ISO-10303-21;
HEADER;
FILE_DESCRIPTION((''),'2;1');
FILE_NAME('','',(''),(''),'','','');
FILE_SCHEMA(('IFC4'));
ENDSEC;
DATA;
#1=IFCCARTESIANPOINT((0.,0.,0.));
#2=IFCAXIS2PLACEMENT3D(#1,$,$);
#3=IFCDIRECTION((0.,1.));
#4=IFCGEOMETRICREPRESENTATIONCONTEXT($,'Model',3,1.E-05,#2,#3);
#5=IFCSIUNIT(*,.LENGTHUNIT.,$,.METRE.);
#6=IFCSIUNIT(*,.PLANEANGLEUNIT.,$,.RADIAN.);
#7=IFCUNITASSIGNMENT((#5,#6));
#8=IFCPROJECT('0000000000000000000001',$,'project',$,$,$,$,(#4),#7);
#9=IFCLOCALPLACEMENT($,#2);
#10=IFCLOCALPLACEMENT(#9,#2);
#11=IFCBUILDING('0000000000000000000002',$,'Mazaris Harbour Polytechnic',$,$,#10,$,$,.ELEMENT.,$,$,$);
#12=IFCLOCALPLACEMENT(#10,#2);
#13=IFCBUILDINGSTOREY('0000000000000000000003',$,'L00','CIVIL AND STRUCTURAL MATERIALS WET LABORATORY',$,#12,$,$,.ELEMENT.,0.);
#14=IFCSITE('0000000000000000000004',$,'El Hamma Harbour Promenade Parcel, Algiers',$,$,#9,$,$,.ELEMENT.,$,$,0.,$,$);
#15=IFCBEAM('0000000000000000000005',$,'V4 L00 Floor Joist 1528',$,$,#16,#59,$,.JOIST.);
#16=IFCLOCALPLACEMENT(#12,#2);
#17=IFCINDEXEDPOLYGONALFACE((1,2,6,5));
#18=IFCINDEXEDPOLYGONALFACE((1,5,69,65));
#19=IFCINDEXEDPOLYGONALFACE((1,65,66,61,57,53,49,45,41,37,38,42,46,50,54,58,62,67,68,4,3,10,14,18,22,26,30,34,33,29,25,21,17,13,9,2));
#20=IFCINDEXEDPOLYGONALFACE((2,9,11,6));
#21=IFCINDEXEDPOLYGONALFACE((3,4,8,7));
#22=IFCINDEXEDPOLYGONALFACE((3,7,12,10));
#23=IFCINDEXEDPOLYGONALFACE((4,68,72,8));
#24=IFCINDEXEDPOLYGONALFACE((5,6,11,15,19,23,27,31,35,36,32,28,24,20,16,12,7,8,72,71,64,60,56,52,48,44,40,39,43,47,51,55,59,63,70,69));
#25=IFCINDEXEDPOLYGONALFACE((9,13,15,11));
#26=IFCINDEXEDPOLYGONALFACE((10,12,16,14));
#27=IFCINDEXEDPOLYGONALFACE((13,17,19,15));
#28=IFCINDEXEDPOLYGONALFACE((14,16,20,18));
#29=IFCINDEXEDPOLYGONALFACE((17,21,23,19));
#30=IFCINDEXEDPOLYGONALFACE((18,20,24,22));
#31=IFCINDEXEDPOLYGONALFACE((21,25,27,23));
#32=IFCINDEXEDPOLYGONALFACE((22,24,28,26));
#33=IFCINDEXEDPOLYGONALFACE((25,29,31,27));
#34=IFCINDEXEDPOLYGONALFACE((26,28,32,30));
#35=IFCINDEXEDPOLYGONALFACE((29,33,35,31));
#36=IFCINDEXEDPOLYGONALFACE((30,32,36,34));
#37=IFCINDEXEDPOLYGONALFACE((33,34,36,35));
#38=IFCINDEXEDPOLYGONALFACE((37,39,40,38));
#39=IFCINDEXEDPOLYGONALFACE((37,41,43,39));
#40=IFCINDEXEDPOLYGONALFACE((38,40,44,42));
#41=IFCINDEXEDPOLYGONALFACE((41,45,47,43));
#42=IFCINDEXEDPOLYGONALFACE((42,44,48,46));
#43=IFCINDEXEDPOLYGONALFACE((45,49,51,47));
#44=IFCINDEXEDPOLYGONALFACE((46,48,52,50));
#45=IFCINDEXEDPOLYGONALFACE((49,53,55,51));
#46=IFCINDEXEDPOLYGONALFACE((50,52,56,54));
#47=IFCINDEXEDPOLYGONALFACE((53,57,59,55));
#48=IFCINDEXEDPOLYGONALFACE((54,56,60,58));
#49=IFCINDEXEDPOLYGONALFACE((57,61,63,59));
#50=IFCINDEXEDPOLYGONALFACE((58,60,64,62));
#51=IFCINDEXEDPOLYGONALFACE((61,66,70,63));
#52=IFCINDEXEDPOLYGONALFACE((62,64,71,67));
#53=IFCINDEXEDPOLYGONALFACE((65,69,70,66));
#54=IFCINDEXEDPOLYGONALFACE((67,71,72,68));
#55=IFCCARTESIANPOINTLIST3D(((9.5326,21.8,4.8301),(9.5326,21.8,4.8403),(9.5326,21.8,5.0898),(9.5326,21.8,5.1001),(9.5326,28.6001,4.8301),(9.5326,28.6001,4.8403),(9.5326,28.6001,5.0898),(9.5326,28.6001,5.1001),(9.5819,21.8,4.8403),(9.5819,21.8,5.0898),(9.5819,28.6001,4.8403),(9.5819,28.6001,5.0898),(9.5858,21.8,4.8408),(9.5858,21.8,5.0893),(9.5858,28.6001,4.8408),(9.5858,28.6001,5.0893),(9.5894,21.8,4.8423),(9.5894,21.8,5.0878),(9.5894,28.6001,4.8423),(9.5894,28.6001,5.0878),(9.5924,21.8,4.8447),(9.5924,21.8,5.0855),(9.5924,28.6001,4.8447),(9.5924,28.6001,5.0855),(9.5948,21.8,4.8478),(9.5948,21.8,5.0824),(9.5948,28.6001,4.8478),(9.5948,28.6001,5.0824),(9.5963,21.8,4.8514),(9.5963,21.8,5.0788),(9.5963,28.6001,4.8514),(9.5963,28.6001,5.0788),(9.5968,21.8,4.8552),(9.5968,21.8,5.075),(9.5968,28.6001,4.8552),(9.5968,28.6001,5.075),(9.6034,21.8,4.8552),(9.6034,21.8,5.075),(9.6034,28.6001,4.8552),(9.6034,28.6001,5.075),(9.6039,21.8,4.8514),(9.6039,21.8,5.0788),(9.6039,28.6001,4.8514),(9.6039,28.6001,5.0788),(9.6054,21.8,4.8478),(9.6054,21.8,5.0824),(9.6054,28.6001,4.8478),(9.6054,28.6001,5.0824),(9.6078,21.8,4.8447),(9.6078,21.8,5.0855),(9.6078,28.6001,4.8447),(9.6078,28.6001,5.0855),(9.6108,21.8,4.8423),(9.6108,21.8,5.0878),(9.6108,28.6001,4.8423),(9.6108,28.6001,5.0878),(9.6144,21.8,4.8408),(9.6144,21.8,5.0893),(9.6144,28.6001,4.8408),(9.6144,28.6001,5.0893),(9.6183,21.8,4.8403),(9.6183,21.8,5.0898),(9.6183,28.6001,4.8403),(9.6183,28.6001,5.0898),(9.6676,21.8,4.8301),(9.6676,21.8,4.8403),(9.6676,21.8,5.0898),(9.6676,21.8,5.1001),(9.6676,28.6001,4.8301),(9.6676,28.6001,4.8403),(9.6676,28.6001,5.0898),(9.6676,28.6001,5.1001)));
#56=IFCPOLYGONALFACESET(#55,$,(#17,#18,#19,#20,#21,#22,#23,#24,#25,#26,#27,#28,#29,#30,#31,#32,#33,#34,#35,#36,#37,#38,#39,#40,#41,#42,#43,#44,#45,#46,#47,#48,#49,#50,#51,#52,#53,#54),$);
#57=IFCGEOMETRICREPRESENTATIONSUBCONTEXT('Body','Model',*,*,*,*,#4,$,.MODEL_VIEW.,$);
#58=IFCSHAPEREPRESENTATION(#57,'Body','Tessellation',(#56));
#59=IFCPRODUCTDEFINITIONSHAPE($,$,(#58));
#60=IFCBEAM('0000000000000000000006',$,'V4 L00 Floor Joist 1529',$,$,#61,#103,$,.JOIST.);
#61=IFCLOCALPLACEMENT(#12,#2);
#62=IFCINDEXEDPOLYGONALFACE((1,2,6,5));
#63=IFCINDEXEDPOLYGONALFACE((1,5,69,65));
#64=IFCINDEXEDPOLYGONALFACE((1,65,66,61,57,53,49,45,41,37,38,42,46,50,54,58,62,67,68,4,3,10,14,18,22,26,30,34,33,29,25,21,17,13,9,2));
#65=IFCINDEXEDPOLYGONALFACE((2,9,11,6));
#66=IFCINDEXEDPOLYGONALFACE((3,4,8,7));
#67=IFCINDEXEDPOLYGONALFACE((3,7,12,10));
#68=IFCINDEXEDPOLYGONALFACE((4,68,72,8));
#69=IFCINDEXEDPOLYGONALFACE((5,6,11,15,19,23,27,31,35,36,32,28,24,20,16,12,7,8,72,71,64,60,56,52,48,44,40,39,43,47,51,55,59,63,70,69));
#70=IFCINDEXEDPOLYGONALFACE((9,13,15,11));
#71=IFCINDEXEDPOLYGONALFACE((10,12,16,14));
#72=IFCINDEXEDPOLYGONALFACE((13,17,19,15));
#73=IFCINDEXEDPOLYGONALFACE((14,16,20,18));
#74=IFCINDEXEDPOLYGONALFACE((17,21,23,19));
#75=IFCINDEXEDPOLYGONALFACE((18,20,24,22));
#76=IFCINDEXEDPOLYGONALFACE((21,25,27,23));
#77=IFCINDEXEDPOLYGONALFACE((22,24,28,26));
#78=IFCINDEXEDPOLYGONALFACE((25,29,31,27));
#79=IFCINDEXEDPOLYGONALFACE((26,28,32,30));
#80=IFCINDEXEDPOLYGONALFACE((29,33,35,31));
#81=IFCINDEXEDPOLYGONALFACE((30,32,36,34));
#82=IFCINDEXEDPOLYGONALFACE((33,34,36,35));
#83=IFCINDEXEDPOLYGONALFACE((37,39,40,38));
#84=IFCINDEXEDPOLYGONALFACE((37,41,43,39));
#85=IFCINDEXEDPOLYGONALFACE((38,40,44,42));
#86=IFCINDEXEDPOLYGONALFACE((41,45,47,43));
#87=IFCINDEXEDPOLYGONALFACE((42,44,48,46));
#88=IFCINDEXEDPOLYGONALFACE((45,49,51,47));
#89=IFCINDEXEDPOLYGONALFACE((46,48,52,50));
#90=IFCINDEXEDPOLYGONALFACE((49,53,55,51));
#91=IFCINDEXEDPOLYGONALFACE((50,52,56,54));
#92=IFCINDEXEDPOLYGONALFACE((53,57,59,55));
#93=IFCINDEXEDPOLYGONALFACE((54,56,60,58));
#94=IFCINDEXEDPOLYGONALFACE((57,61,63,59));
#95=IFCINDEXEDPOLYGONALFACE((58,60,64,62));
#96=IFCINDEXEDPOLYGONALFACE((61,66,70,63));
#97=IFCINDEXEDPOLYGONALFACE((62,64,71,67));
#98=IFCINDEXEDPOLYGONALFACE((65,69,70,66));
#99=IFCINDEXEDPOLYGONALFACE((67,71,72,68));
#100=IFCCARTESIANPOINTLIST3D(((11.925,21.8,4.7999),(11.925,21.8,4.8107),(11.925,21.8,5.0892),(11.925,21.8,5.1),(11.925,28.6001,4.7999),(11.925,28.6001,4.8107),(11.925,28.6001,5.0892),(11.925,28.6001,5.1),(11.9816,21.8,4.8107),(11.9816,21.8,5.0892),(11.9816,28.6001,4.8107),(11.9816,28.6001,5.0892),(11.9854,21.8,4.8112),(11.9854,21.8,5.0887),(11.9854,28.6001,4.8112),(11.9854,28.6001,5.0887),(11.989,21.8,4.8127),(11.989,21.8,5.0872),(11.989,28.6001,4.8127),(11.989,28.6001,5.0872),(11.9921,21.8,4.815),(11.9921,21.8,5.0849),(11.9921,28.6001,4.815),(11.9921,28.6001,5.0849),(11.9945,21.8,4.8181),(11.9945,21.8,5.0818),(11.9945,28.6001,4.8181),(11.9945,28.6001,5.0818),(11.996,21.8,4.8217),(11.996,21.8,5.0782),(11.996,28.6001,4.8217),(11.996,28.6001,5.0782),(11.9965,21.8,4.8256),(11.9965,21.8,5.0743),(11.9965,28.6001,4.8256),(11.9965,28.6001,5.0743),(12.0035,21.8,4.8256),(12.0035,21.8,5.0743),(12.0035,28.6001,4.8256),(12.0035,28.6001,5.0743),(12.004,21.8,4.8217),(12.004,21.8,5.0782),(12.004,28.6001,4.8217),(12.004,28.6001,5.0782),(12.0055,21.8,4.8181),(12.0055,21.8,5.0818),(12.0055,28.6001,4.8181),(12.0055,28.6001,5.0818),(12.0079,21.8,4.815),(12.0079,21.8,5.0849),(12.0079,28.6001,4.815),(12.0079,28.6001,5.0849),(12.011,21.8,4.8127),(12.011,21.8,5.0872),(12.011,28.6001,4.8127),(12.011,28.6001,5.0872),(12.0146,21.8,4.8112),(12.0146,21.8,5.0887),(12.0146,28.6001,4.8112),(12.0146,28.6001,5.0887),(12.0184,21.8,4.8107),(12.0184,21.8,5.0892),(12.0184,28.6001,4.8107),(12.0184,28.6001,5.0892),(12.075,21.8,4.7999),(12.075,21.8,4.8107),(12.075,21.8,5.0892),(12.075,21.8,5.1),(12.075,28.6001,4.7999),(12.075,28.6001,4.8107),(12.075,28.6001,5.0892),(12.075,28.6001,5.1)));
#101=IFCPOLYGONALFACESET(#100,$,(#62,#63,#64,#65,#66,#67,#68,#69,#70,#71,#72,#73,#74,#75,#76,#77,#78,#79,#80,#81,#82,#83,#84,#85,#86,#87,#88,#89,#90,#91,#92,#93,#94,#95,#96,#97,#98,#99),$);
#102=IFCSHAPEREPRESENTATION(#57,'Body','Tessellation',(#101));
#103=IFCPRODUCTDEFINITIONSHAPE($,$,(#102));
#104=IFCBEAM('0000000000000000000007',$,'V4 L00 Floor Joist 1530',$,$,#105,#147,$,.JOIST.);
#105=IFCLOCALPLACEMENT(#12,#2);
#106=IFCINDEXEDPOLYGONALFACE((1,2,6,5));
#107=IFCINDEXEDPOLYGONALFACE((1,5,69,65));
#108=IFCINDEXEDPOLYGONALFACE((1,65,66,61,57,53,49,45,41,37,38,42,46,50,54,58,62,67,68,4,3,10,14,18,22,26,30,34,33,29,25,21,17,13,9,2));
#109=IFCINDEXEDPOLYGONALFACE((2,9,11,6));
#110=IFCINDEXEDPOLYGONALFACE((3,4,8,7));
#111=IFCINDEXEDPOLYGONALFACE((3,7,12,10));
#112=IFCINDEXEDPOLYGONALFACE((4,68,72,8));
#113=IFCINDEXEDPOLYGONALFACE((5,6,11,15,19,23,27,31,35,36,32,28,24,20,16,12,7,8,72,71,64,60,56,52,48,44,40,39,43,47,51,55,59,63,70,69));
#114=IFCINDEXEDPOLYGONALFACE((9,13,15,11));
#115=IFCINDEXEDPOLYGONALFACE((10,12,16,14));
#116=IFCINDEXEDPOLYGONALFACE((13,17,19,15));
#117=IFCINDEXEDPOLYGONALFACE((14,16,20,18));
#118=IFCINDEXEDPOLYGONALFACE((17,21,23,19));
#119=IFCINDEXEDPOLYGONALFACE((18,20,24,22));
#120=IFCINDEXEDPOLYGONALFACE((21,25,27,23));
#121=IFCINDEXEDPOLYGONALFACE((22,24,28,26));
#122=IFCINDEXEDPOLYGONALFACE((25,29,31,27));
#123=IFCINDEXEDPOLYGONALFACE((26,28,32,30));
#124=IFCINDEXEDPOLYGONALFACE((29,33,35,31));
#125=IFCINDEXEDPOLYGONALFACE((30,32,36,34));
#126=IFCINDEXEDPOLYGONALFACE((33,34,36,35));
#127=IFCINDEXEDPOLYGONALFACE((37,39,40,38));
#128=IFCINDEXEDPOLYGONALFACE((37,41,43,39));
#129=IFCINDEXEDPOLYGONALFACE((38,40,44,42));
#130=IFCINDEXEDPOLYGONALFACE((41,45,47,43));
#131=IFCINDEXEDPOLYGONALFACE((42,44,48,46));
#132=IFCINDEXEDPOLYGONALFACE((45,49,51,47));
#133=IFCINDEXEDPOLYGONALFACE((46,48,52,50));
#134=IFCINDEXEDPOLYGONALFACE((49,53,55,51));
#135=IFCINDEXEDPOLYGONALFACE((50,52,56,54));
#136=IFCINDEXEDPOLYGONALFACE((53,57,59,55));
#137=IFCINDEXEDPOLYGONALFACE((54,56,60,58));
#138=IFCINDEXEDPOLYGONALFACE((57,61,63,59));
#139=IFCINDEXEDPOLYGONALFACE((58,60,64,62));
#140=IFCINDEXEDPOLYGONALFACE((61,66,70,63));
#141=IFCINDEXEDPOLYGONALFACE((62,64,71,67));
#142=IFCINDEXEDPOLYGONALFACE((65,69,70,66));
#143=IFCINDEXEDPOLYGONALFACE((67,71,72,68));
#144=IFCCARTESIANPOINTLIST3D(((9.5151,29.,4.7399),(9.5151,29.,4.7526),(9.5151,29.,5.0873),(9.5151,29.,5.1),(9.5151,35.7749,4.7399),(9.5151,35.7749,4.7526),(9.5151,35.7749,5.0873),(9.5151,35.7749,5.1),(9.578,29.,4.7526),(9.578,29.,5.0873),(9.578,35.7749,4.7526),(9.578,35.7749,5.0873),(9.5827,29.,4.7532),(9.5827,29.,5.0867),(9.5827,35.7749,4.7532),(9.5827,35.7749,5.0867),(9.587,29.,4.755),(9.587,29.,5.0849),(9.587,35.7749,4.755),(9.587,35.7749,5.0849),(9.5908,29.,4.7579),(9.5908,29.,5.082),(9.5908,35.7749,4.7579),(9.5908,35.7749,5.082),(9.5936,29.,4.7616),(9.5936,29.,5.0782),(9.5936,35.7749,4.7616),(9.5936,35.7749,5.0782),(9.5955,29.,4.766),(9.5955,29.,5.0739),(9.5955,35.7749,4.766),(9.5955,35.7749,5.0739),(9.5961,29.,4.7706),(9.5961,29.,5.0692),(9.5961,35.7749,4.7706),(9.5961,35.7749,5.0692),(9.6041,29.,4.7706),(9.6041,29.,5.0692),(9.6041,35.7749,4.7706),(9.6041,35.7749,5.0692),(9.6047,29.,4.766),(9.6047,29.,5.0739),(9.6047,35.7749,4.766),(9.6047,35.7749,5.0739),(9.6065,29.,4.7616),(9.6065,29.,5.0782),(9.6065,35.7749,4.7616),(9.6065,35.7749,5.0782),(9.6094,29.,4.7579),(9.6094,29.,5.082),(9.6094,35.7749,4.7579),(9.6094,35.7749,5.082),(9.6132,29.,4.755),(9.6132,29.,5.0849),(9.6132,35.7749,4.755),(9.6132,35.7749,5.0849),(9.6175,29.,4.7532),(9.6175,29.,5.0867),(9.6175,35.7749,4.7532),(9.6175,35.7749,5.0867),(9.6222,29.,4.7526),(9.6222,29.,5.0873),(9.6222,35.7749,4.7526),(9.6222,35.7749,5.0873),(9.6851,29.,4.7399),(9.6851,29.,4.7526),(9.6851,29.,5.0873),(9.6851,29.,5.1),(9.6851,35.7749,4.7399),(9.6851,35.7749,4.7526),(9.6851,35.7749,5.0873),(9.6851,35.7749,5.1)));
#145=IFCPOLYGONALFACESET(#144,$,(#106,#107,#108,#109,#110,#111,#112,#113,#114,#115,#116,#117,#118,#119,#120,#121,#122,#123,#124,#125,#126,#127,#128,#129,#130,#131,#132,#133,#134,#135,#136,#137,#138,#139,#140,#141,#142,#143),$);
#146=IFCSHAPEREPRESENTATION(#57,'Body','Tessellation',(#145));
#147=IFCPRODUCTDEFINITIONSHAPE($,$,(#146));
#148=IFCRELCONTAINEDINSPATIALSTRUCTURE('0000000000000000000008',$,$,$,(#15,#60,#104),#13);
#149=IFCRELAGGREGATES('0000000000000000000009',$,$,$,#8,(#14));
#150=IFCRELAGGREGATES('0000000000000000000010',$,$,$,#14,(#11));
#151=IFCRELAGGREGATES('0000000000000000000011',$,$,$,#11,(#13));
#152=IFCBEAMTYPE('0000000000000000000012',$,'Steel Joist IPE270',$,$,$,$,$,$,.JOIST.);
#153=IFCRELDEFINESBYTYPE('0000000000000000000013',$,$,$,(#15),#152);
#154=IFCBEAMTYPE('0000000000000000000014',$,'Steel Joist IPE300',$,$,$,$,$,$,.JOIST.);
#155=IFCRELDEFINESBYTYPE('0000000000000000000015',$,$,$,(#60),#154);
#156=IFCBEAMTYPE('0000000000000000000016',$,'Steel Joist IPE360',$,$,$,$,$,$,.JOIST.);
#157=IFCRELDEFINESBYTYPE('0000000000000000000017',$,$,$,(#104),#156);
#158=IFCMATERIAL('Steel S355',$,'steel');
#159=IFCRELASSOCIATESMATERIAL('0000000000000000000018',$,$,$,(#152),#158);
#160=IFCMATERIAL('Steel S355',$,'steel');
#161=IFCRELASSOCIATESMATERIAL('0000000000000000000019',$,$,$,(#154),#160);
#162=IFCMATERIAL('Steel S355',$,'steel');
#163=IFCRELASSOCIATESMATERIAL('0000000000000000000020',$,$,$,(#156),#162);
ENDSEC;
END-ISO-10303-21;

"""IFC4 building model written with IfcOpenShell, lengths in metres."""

from ifc_helpers import new_model, si_unit, direction, frame, origin, origin_2d, place, context, subcontext, project, spatial, i_section, extrude, material, material_profile, profile_set, type_object, element, save


model = new_model("IFC4")

# Units and contexts
model_context = context("Model", 3, precision=1e-05, world=origin(), true_north=direction((0.0, 1.0)))
body_context = subcontext(model_context, "Body", "Model", "MODEL_VIEW")
ifc_project = project(units=[si_unit("LENGTHUNIT", "METRE"), si_unit("PLANEANGLEUNIT", "RADIAN")], contexts=[model_context])

# Site, building, storey
site_placement = place(None, origin())
site = spatial("IfcSite", under=ifc_project, at=site_placement, Name="El Hamma Harbour Promenade Parcel, Algiers", CompositionType="ELEMENT", RefElevation=0.0)
building_placement = place(site_placement, origin())
building = spatial("IfcBuilding", under=site, at=building_placement, Name="Mazaris Harbour Polytechnic", CompositionType="ELEMENT")
storey_placement = place(building_placement, origin())
storey = spatial("IfcBuildingStorey", under=building, at=storey_placement, Name="L00", Description="CIVIL AND STRUCTURAL MATERIALS WET LABORATORY", CompositionType="ELEMENT", Elevation=0.0)

# Beams
ifc_material_1 = material(Name="Steel S355", Category="steel")
ifc_material_profile_1 = material_profile(ifc_material_1, i_section(OverallWidth=0.135, OverallDepth=0.27, WebThickness=0.0066, FlangeThickness=0.0103, FilletRadius=0.0149, at=origin_2d()), Name="IPE 270")
ifc_profile_set_1 = profile_set([ifc_material_profile_1], Name="Steel S355")
beam_type_1 = type_object("IfcBeamType", Name="Steel Joist IPE270", PredefinedType="JOIST", material=ifc_profile_set_1)
beam_1_placement = place(storey_placement, frame((9.6001, 21.8, 4.9651), z_axis=(0.0, 1.0, 0.0), x_axis=(-1.0, 0.0, 0.0)))
element("IfcBeam", 1, at=beam_1_placement, inside=storey, type_object=beam_type_1, Name="V4 L00 Floor Joist 1528", PredefinedType="JOIST", context=body_context, shape_type="SweptSolid", body=[
    extrude(i_section(OverallWidth=0.135, OverallDepth=0.27, WebThickness=0.0066, FlangeThickness=0.0103, FilletRadius=0.0149, at=origin_2d()), origin(), (0.0, 0.0, 1.0), 6.8),
])
ifc_material_2 = material(Name="Steel S355", Category="steel")
ifc_material_profile_2 = material_profile(ifc_material_2, i_section(OverallWidth=0.1499, OverallDepth=0.3, WebThickness=0.0071, FlangeThickness=0.0107, FilletRadius=0.0149, at=origin_2d()), Name="IPE 300")
ifc_profile_set_2 = profile_set([ifc_material_profile_2], Name="Steel S355")
beam_type_2 = type_object("IfcBeamType", Name="Steel Joist IPE300", PredefinedType="JOIST", material=ifc_profile_set_2)
beam_2_placement = place(storey_placement, frame((12.0, 21.8, 4.95), z_axis=(0.0, 1.0, 0.0), x_axis=(-1.0, 0.0, 0.0)))
element("IfcBeam", 2, at=beam_2_placement, inside=storey, type_object=beam_type_2, Name="V4 L00 Floor Joist 1529", PredefinedType="JOIST", context=body_context, shape_type="SweptSolid", body=[
    extrude(i_section(OverallWidth=0.1499, OverallDepth=0.3, WebThickness=0.0071, FlangeThickness=0.0107, FilletRadius=0.0149, at=origin_2d()), origin(), (0.0, 0.0, 1.0), 6.8),
])
ifc_material_3 = material(Name="Steel S355", Category="steel")
ifc_material_profile_3 = material_profile(ifc_material_3, i_section(OverallWidth=0.1699, OverallDepth=0.3601, WebThickness=0.0081, FlangeThickness=0.0127, FilletRadius=0.0181, at=origin_2d()), Name="IPE 360")
ifc_profile_set_3 = profile_set([ifc_material_profile_3], Name="Steel S355")
beam_type_3 = type_object("IfcBeamType", Name="Steel Joist IPE360", PredefinedType="JOIST", material=ifc_profile_set_3)
beam_3_placement = place(storey_placement, frame((9.6001, 29.0, 4.9199), z_axis=(0.0, 1.0, 0.0), x_axis=(-1.0, 0.0, 0.0)))
element("IfcBeam", 3, at=beam_3_placement, inside=storey, type_object=beam_type_3, Name="V4 L00 Floor Joist 1530", PredefinedType="JOIST", context=body_context, shape_type="SweptSolid", body=[
    extrude(i_section(OverallWidth=0.1699, OverallDepth=0.3601, WebThickness=0.0081, FlangeThickness=0.0127, FilletRadius=0.0181, at=origin_2d()), origin(), (0.0, 0.0, 1.0), 6.7749),
])

save(model, "model.ifc")
